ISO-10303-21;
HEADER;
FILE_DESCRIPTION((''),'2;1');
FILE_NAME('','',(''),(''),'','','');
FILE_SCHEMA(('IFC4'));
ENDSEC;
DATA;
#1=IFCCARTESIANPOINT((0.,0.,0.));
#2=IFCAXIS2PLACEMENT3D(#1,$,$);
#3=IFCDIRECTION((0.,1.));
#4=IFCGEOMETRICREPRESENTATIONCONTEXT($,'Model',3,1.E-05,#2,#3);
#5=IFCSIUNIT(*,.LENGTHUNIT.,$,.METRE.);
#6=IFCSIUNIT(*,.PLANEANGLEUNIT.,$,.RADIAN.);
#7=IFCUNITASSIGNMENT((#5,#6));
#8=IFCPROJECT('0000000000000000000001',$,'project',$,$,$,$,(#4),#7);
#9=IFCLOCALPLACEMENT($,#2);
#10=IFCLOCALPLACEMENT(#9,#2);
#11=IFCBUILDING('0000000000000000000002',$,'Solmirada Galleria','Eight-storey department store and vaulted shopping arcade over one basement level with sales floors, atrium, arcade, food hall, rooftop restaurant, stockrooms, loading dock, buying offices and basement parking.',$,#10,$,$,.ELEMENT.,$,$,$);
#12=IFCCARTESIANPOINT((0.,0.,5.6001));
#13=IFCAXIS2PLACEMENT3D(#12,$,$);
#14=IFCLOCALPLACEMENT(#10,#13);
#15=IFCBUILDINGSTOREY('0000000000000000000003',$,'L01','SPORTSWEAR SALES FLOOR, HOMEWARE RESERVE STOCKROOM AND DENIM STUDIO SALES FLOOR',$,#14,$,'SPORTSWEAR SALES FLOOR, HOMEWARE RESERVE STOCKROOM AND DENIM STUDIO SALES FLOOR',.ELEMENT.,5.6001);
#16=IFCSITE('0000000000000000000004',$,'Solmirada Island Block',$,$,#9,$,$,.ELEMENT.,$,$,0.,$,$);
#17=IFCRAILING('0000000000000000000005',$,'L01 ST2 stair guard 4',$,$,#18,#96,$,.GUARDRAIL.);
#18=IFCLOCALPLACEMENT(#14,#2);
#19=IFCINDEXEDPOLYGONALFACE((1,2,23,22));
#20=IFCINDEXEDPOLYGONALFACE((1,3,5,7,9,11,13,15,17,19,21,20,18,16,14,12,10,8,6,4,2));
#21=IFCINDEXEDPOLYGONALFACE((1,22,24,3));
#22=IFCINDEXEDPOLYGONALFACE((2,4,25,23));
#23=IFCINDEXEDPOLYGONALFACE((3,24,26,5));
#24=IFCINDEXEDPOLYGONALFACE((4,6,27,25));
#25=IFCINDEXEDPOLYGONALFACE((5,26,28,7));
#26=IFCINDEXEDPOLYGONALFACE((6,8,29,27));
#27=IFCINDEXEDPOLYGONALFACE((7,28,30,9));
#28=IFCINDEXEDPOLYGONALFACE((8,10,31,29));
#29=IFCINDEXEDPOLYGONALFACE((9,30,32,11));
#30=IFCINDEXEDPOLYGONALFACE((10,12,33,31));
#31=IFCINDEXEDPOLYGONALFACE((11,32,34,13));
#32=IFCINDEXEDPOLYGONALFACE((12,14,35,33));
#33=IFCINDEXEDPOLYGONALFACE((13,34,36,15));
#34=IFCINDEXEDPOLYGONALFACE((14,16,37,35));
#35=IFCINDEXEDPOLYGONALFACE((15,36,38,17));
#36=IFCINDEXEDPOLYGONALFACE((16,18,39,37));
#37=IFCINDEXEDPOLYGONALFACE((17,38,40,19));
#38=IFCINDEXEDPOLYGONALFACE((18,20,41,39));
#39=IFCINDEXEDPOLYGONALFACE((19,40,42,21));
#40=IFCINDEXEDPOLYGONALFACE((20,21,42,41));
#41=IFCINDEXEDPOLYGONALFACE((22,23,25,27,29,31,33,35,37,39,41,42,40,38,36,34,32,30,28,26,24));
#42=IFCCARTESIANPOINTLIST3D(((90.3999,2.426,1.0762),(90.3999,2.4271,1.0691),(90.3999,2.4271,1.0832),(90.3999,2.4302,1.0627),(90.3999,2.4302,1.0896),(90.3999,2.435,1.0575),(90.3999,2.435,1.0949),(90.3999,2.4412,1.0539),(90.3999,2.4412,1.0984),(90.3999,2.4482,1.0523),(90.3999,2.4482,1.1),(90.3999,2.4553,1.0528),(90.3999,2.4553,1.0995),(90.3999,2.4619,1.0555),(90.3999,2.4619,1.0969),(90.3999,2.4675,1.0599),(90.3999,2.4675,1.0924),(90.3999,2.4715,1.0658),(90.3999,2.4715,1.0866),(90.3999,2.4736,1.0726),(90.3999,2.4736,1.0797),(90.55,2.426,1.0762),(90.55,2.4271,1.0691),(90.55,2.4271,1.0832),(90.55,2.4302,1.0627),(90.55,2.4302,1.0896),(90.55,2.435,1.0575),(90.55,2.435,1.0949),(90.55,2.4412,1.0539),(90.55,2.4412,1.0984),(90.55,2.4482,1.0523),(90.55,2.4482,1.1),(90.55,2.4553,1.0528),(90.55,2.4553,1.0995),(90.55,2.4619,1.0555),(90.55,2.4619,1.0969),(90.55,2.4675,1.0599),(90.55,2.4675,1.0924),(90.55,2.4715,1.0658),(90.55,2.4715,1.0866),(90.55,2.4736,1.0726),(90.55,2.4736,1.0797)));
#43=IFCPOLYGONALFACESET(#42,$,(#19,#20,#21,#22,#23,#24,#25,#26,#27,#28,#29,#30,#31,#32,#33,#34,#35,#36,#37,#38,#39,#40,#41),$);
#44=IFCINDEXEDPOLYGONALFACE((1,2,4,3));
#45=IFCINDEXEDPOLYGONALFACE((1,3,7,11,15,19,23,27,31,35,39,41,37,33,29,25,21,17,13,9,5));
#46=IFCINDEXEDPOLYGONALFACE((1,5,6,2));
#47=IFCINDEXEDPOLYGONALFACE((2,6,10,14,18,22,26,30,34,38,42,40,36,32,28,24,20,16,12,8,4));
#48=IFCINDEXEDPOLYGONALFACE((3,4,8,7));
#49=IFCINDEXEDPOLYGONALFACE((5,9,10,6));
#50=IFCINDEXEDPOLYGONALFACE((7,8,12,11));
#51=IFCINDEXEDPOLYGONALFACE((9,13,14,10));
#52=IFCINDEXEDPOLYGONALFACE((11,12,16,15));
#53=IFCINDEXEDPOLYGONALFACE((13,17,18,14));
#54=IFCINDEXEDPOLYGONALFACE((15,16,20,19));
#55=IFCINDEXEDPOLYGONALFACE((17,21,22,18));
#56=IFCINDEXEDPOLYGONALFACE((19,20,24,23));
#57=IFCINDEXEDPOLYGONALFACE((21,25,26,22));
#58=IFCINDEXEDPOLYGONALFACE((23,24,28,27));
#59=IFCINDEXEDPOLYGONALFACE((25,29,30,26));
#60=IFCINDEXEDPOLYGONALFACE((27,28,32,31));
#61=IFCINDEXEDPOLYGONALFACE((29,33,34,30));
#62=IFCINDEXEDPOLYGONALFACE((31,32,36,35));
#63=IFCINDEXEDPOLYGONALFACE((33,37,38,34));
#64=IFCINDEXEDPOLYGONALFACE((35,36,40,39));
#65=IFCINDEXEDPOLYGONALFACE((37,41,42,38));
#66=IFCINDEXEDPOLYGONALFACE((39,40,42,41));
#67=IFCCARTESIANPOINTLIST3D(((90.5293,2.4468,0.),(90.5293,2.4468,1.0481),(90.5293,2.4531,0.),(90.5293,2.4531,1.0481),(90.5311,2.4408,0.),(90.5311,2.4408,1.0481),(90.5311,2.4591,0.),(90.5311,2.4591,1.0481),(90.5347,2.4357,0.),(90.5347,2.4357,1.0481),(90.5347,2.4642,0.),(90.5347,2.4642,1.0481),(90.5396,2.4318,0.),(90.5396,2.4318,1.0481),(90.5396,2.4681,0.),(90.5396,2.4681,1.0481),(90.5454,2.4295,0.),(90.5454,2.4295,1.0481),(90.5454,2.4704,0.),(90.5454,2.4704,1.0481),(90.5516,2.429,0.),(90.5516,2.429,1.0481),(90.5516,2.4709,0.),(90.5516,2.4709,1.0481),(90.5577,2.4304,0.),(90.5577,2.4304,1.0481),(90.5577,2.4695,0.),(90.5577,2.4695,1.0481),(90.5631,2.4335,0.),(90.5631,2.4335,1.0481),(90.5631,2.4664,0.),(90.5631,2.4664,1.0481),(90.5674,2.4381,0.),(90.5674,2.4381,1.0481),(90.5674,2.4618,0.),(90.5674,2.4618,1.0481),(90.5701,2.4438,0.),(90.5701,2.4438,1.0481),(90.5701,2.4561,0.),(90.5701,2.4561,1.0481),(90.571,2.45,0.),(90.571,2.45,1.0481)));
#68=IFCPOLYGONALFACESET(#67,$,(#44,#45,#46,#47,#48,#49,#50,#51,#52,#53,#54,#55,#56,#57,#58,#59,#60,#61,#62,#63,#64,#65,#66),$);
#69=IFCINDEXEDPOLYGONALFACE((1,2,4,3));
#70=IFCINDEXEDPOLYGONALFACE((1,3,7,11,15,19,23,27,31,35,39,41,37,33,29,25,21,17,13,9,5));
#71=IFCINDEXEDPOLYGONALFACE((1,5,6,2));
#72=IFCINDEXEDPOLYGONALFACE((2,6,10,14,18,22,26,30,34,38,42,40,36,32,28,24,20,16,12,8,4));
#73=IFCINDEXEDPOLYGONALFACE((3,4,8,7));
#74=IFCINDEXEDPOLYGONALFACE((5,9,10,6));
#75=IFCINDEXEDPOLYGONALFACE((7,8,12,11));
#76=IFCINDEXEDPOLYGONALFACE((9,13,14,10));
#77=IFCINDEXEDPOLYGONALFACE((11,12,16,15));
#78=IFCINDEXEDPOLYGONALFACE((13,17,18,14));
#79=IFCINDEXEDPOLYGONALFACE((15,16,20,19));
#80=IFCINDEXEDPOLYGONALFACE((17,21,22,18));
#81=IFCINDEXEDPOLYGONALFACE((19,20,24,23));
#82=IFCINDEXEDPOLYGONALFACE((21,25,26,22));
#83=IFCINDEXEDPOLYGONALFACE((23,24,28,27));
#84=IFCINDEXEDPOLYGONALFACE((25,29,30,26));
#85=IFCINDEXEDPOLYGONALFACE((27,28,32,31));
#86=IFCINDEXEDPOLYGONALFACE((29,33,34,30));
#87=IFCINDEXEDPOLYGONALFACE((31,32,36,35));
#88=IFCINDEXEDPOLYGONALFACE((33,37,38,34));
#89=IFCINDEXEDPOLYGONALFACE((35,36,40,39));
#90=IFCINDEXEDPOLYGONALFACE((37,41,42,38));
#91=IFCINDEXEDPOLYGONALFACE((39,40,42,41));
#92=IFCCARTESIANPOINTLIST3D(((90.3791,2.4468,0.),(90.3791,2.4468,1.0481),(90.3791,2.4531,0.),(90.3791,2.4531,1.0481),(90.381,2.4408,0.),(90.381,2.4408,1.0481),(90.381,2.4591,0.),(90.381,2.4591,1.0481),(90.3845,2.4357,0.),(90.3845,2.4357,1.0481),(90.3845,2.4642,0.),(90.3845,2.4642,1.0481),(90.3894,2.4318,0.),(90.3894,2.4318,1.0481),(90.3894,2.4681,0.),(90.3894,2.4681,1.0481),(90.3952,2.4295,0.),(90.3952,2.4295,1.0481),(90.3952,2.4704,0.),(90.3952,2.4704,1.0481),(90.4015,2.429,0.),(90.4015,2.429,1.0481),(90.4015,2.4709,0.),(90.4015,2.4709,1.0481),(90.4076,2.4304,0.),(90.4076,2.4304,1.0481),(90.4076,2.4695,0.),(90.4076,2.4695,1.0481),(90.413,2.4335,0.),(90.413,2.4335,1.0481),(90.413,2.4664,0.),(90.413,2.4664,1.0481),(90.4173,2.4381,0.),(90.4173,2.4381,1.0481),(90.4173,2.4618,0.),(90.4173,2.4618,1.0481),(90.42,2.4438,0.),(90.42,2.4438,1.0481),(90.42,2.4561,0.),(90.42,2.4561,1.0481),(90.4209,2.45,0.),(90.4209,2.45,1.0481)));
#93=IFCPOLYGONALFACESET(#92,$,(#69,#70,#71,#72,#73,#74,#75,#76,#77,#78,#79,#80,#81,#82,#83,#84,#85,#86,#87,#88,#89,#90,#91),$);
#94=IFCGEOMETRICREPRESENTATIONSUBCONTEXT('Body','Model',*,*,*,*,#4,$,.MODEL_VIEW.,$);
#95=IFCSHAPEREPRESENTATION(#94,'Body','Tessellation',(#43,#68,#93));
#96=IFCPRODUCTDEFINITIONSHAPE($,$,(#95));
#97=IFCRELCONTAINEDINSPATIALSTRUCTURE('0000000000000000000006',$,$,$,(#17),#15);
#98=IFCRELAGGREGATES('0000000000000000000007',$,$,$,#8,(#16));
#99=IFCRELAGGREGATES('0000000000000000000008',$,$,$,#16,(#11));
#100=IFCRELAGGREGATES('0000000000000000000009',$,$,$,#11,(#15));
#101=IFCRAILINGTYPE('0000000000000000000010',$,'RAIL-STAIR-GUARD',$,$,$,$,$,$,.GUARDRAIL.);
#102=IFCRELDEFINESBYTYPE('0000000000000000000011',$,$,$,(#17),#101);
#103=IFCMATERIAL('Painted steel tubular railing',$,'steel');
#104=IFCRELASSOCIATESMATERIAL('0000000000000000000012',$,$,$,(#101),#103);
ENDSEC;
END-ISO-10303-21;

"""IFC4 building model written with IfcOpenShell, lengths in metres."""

from ifc_helpers import new_model, si_unit, direction, frame, origin, origin_2d, place, context, subcontext, project, spatial, circle, extrude, material, type_object, element, save


model = new_model("IFC4")

# Units and contexts
model_context = context("Model", 3, precision=1e-05, world=origin(), true_north=direction((0.0, 1.0)))
body_context = subcontext(model_context, "Body", "Model", "MODEL_VIEW")
ifc_project = project(units=[si_unit("LENGTHUNIT", "METRE"), si_unit("PLANEANGLEUNIT", "RADIAN")], contexts=[model_context])

# Site, building, storey
site_placement = place(None, origin())
site = spatial("IfcSite", under=ifc_project, at=site_placement, Name="Solmirada Island Block", CompositionType="ELEMENT", RefElevation=0.0)
building_placement = place(site_placement, origin())
building = spatial("IfcBuilding", under=site, at=building_placement, Name="Solmirada Galleria", Description="Eight-storey department store and vaulted shopping arcade over one basement level with sales floors, atrium, arcade, food hall, rooftop restaurant, stockrooms, loading dock, buying offices and basement parking.", CompositionType="ELEMENT")
storey_placement = place(building_placement, frame((0.0, 0.0, 5.6001)))
storey = spatial("IfcBuildingStorey", under=building, at=storey_placement, Name="L01", Description="SPORTSWEAR SALES FLOOR, HOMEWARE RESERVE STOCKROOM AND DENIM STUDIO SALES FLOOR", LongName="SPORTSWEAR SALES FLOOR, HOMEWARE RESERVE STOCKROOM AND DENIM STUDIO SALES FLOOR", CompositionType="ELEMENT", Elevation=5.6001)

# Railing
ifc_material_1 = material(Name="Painted steel tubular railing", Category="steel")
railing_type_1 = type_object("IfcRailingType", Name="RAIL-STAIR-GUARD", PredefinedType="GUARDRAIL", material=ifc_material_1)
railing_1_placement = place(storey_placement, frame((90.55, 2.45, 0.0)))
element("IfcRailing", 1, at=railing_1_placement, inside=storey, type_object=railing_type_1, Name="L01 ST2 stair guard 4", PredefinedType="GUARDRAIL", context=body_context, shape_type="SweptSolid", body=[
    extrude(circle(Radius=0.0239, at=origin_2d()), frame((0.0, 0.0, 1.0762), z_axis=(-1.0, 0.0, 0.0), x_axis=(0.0, -1.0, 0.0)), (0.0, 0.0, 1.0), 0.1501),
    extrude(circle(Radius=0.021, at=origin_2d()), origin(), (0.0, 0.0, 1.0), 1.0481),
    extrude(circle(Radius=0.021, at=origin_2d()), frame((-0.1501, 0.0, 0.0)), (0.0, 0.0, 1.0), 1.0481),
])

save(model, "model.ifc")
